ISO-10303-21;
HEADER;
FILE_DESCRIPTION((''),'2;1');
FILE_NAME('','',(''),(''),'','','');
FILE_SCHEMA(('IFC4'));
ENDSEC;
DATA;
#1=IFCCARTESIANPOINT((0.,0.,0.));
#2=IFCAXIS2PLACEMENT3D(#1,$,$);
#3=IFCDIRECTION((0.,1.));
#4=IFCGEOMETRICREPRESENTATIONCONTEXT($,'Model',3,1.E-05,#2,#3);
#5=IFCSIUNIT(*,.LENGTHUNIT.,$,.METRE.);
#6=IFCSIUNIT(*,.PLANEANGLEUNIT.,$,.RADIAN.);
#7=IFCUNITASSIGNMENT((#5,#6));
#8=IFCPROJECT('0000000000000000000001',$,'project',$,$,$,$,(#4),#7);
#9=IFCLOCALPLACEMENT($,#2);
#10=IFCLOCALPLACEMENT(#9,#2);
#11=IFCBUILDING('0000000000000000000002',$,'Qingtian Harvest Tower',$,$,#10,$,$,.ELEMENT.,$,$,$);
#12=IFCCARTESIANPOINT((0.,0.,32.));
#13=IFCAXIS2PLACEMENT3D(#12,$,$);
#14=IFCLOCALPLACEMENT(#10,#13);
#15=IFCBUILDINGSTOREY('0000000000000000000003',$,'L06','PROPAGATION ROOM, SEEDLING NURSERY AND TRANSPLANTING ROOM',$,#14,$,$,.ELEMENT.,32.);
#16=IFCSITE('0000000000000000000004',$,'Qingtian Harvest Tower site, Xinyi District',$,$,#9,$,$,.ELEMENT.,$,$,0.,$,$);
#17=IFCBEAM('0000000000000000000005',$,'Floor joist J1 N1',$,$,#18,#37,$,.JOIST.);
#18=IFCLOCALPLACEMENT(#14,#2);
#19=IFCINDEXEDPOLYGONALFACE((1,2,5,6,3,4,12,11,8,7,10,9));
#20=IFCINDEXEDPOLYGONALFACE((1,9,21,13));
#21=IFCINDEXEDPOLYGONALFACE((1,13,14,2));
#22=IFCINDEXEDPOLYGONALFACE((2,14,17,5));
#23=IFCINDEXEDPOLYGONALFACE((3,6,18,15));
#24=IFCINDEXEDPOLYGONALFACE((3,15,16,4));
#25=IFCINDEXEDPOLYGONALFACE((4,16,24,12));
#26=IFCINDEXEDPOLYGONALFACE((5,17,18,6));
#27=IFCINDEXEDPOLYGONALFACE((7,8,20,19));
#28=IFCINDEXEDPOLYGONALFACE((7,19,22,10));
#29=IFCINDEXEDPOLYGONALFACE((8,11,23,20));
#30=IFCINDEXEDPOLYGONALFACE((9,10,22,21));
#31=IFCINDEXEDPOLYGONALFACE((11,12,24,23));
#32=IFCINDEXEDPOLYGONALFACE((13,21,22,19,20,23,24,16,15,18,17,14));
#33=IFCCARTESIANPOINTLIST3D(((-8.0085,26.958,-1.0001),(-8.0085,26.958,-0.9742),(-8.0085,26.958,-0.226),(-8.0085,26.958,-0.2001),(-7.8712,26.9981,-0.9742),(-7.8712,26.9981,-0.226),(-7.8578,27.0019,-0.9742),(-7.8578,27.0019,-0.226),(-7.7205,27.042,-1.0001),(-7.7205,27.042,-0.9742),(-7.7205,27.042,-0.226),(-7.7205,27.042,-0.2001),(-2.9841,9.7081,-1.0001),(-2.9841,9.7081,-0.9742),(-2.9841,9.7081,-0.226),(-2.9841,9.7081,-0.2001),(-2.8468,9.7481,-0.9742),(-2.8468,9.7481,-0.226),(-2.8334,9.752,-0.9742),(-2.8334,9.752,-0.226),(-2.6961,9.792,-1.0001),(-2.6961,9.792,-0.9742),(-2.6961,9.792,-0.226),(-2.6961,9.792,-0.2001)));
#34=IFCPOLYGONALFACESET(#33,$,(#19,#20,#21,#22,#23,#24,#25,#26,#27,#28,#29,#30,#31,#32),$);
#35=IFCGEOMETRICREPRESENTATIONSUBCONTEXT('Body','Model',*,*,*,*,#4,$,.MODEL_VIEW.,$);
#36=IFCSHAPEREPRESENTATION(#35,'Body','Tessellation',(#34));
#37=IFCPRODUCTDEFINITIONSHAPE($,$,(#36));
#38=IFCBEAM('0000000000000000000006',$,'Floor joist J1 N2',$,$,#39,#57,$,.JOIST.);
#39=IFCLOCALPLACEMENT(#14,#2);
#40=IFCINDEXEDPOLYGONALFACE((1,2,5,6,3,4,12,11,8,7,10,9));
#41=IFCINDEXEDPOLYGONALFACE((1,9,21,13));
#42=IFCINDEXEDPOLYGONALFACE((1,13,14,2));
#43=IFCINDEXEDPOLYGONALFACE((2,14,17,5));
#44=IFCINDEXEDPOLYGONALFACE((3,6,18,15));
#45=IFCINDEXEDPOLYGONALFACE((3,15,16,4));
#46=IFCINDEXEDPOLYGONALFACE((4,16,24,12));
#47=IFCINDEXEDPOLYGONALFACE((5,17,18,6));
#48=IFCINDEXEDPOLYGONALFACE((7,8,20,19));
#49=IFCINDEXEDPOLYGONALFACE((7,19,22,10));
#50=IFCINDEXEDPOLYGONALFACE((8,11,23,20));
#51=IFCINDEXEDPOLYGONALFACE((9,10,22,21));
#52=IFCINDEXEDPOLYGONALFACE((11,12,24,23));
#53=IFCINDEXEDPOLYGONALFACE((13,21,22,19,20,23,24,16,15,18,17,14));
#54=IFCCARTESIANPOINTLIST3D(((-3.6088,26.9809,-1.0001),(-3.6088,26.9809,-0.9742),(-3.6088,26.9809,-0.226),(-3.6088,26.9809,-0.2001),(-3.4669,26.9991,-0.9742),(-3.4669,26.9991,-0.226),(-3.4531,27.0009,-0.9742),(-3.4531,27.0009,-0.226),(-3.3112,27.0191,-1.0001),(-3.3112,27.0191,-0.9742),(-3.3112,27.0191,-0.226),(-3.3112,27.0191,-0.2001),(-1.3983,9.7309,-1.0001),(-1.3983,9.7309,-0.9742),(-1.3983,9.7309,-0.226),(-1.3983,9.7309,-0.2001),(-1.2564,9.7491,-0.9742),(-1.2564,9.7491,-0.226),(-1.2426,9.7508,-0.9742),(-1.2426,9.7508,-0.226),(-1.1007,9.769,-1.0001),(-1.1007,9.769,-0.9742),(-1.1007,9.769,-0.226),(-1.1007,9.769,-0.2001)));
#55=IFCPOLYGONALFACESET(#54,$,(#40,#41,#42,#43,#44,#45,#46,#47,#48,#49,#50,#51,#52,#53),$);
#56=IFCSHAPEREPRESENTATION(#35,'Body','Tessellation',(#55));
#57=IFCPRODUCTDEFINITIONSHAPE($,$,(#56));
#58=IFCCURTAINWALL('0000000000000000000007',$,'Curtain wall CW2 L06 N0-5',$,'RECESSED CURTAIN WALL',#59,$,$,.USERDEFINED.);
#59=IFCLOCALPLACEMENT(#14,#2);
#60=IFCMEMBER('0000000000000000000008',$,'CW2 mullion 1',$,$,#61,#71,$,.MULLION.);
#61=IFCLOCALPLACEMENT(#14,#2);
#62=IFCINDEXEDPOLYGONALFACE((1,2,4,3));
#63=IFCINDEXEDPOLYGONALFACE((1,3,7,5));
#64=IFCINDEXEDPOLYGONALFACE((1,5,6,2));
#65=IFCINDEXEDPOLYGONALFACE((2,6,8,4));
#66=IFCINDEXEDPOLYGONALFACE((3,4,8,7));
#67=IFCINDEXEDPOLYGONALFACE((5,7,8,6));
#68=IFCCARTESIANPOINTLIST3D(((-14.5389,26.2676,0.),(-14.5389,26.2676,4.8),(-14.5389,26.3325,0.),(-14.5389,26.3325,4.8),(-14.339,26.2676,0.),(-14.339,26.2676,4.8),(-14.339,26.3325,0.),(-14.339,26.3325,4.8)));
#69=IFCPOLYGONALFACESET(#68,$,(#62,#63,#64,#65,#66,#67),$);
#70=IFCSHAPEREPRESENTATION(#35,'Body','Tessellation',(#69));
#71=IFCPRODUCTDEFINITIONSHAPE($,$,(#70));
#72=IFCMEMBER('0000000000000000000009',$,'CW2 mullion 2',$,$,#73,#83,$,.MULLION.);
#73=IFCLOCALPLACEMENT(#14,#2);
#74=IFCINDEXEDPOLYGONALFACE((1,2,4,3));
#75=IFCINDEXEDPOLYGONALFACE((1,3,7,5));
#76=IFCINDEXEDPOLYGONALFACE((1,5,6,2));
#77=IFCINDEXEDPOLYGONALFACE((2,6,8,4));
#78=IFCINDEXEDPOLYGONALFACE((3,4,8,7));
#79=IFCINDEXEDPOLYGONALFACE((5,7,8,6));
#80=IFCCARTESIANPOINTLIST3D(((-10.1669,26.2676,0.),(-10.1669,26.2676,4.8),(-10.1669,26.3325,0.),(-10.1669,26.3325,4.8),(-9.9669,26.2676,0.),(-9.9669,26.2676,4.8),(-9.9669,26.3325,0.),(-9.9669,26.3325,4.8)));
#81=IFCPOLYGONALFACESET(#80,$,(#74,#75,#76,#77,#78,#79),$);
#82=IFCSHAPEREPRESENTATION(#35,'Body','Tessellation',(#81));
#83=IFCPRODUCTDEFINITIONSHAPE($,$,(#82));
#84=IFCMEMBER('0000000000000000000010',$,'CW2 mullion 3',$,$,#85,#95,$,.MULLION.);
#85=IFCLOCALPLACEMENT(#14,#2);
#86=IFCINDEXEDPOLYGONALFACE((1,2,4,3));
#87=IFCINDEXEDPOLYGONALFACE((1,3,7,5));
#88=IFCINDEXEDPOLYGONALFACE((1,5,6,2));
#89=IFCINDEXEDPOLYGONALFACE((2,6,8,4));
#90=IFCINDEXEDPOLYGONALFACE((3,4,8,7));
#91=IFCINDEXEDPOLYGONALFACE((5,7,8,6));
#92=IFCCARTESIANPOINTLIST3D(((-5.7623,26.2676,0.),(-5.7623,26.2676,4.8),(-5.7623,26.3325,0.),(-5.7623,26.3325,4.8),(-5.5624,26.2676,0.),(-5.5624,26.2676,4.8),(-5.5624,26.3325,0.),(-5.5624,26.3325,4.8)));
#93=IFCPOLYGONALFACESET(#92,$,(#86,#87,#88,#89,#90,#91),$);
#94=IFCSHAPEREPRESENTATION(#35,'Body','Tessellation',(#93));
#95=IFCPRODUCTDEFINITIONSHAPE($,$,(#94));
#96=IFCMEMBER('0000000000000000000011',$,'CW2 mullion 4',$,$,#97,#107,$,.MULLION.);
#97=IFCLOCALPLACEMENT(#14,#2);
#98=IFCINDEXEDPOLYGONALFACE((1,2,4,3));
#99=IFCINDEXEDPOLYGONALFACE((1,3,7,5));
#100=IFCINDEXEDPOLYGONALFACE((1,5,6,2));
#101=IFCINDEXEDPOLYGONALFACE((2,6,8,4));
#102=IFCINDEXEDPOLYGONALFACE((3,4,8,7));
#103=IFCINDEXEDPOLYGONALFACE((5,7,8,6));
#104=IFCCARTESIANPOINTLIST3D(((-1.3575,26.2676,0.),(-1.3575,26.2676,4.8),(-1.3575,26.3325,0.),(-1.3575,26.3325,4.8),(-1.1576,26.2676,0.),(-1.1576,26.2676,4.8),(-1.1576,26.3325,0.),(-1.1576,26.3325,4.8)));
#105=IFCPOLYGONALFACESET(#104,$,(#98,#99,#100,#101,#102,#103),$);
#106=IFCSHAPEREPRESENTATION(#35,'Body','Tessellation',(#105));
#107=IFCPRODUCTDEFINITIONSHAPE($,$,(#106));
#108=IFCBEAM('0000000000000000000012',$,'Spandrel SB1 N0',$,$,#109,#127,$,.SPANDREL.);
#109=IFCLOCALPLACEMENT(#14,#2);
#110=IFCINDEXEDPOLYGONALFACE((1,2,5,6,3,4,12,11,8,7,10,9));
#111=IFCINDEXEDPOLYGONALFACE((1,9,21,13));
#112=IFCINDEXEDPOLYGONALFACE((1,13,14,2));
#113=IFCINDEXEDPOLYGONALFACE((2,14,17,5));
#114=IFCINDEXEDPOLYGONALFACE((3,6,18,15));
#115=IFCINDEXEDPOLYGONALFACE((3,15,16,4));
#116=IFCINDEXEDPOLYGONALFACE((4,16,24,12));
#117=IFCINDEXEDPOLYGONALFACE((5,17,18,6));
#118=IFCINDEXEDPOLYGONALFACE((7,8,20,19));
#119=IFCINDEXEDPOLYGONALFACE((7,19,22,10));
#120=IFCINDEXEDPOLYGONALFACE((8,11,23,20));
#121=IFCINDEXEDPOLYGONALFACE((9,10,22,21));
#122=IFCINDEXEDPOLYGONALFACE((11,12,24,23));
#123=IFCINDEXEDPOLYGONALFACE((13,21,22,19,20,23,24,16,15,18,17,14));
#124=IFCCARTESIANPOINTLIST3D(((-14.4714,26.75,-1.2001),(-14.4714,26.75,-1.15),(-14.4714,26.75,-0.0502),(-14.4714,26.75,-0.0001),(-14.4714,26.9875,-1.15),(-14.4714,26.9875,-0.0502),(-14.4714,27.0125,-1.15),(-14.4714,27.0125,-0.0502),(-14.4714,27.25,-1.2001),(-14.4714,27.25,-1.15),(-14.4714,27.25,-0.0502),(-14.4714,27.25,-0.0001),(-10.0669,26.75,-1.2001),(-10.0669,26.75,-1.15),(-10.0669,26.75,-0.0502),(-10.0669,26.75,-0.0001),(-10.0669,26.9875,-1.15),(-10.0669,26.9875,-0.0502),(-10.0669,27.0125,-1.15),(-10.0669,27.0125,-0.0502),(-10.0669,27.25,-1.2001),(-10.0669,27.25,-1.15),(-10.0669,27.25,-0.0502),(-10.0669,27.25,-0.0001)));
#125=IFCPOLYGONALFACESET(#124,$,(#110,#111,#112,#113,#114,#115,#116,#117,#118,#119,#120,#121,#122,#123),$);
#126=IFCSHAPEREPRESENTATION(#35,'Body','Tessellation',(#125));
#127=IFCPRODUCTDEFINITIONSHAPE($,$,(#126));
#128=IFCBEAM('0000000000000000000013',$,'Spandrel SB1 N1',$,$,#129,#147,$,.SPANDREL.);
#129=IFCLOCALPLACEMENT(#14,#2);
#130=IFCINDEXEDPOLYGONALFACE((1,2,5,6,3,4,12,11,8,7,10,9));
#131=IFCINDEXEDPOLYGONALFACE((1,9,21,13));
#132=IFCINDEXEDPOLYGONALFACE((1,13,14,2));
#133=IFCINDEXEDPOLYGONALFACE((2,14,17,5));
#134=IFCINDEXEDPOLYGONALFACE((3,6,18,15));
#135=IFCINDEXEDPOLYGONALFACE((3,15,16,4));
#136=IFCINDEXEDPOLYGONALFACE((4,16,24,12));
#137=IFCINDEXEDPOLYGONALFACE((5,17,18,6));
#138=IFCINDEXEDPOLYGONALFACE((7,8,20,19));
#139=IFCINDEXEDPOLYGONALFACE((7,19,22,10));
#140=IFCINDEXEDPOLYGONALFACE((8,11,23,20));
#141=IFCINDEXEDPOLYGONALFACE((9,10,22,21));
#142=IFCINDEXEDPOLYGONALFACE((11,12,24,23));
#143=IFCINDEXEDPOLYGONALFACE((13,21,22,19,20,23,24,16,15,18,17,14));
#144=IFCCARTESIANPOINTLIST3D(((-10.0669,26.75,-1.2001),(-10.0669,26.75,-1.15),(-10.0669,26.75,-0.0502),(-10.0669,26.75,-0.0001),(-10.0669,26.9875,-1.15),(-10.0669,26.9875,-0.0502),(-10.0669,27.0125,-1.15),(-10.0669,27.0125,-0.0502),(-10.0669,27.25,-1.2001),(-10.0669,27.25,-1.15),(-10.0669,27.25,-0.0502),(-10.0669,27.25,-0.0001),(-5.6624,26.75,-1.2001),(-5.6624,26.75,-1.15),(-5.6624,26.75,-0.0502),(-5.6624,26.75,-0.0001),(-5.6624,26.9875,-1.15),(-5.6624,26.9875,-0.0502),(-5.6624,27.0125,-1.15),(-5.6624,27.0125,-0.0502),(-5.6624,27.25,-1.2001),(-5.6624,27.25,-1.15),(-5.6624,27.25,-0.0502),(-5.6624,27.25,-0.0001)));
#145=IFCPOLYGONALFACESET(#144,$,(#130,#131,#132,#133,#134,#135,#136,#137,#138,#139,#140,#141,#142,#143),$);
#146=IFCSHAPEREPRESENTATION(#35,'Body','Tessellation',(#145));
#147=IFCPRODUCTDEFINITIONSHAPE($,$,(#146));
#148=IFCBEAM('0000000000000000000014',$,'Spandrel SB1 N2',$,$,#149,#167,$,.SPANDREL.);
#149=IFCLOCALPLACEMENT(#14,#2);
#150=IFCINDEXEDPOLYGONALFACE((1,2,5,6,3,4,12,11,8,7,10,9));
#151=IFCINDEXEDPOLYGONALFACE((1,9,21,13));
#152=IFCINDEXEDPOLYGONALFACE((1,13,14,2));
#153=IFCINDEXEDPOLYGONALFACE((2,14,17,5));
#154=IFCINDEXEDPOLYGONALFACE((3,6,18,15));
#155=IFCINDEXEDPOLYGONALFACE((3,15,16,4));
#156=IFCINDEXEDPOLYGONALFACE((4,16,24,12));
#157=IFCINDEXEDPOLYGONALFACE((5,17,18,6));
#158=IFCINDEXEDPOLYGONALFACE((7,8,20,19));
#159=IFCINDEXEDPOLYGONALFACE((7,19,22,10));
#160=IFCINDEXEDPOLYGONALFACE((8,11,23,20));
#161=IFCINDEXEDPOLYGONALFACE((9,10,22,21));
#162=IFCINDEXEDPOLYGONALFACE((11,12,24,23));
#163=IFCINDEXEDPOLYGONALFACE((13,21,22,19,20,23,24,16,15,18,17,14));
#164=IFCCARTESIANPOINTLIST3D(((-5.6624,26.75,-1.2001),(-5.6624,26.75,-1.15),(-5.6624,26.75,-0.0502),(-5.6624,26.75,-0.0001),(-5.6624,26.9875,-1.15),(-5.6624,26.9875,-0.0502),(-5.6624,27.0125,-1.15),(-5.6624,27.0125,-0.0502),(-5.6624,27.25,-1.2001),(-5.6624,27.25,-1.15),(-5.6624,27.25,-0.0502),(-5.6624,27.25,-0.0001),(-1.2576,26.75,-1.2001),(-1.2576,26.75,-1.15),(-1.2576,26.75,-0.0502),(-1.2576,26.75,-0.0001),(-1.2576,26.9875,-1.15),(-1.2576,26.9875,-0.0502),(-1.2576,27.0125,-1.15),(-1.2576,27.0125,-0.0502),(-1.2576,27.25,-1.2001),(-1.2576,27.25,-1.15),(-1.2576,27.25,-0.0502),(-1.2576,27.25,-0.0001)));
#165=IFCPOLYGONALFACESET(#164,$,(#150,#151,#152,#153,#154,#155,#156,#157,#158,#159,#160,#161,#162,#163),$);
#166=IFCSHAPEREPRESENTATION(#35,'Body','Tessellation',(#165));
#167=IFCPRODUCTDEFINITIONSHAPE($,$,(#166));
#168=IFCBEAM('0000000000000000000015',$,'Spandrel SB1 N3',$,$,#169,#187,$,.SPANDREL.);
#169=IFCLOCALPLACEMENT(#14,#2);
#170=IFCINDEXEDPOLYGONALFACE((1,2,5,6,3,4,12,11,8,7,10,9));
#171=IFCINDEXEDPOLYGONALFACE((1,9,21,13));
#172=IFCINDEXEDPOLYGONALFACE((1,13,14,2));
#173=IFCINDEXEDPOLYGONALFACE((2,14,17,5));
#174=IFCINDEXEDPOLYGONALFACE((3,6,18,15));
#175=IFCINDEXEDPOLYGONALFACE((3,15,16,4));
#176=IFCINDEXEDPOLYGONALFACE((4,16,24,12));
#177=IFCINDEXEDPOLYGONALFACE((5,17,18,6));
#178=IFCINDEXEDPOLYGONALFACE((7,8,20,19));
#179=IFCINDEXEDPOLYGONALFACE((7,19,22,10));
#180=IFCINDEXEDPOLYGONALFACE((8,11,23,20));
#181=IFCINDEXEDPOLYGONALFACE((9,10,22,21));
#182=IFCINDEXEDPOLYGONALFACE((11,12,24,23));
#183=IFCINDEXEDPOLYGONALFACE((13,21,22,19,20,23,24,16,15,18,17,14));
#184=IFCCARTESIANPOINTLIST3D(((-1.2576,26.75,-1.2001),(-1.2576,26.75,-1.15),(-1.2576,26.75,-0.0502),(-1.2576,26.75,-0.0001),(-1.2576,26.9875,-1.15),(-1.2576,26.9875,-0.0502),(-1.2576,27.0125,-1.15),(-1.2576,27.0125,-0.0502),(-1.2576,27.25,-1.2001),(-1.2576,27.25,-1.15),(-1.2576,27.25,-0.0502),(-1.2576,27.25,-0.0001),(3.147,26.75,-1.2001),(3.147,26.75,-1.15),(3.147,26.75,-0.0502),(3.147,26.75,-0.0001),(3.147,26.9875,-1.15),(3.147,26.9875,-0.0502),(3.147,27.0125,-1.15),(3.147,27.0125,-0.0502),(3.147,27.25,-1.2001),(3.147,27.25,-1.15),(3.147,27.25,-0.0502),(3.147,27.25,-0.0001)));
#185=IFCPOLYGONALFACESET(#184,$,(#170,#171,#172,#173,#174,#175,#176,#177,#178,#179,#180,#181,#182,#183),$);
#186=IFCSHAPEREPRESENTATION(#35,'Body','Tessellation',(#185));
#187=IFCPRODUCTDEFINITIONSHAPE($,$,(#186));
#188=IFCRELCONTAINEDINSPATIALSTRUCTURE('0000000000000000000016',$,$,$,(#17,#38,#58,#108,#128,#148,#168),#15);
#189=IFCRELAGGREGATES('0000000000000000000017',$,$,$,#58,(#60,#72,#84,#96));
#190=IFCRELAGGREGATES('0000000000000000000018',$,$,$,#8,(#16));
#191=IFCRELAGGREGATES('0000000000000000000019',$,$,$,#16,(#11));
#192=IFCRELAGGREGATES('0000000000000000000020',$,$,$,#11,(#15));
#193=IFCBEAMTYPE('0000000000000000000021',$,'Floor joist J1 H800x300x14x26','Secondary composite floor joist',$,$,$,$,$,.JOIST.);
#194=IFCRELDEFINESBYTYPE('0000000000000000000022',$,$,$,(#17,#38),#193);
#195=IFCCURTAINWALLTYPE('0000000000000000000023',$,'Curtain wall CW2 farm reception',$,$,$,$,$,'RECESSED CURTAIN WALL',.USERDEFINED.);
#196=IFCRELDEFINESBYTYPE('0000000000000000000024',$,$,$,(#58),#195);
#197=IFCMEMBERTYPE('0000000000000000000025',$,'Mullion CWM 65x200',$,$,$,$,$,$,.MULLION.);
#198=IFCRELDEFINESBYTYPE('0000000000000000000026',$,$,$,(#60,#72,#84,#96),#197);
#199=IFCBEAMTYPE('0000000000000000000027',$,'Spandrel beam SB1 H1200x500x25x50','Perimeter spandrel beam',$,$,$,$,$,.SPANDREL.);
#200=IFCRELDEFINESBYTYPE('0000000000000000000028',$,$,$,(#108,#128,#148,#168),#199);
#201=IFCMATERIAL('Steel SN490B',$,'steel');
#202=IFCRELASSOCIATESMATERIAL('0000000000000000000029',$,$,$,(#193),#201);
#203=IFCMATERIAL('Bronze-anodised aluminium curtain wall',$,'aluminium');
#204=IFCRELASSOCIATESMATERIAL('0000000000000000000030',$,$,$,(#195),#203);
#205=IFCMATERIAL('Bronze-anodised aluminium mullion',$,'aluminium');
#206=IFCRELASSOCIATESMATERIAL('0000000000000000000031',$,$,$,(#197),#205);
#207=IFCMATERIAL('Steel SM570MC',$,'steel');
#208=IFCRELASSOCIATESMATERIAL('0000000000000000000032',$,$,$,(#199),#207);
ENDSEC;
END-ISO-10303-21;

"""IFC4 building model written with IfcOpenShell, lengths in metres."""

from ifc_helpers import new_model, si_unit, direction, frame, origin, origin_2d, place, context, subcontext, project, spatial, rectangle, i_section, extrude, material, material_profile, profile_set, type_object, element, aggregate, save


model = new_model("IFC4")

# Units and contexts
model_context = context("Model", 3, precision=1e-05, world=origin(), true_north=direction((0.0, 1.0)))
body_context = subcontext(model_context, "Body", "Model", "MODEL_VIEW")
ifc_project = project(units=[si_unit("LENGTHUNIT", "METRE"), si_unit("PLANEANGLEUNIT", "RADIAN")], contexts=[model_context])

# Site, building, storey
site_placement = place(None, origin())
site = spatial("IfcSite", under=ifc_project, at=site_placement, Name="Qingtian Harvest Tower site, Xinyi District", CompositionType="ELEMENT", RefElevation=0.0)
building_placement = place(site_placement, origin())
building = spatial("IfcBuilding", under=site, at=building_placement, Name="Qingtian Harvest Tower", CompositionType="ELEMENT")
storey_placement = place(building_placement, frame((0.0, 0.0, 32.0)))
storey = spatial("IfcBuildingStorey", under=building, at=storey_placement, Name="L06", Description="PROPAGATION ROOM, SEEDLING NURSERY AND TRANSPLANTING ROOM", CompositionType="ELEMENT", Elevation=32.0)

# Beams
ifc_material_1 = material(Name="Steel SN490B", Category="steel")
ifc_material_profile_1 = material_profile(ifc_material_1, i_section(OverallWidth=0.3, OverallDepth=0.8, WebThickness=0.0139, FlangeThickness=0.0259, at=origin_2d()), Name="H800x300x14x26")
ifc_profile_set_1 = profile_set([ifc_material_profile_1], Name="Steel SN490B")
beam_type_1 = type_object("IfcBeamType", Name="Floor joist J1 H800x300x14x26", Description="Secondary composite floor joist", PredefinedType="JOIST", material=ifc_profile_set_1)
beam_1_placement = place(storey_placement, frame((-7.8645, 27.0, -0.6001), z_axis=(0.279649, -0.960102, 0.0), x_axis=(0.960102, 0.279649, 0.0)))
element("IfcBeam", 1, at=beam_1_placement, inside=storey, type_object=beam_type_1, Name="Floor joist J1 N1", PredefinedType="JOIST", context=body_context, shape_type="SweptSolid", body=[
    extrude(i_section(OverallWidth=0.3, OverallDepth=0.8, WebThickness=0.0139, FlangeThickness=0.0259, at=origin_2d()), origin(), (0.0, 0.0, 1.0), 17.9668),
])
beam_2_placement = place(storey_placement, frame((-3.46, 27.0, -0.6001), z_axis=(0.127103, -0.99189, 0.0), x_axis=(0.99189, 0.127103, 0.0)))
element("IfcBeam", 2, at=beam_2_placement, inside=storey, type_object=beam_type_1, Name="Floor joist J1 N2", PredefinedType="JOIST", context=body_context, shape_type="SweptSolid", body=[
    extrude(i_section(OverallWidth=0.3, OverallDepth=0.8, WebThickness=0.0139, FlangeThickness=0.0259, at=origin_2d()), origin(), (0.0, 0.0, 1.0), 17.3911),
])

# Curtain wall, members
ifc_material_2 = material(Name="Bronze-anodised aluminium curtain wall", Category="aluminium")
curtain_wall_type = type_object("IfcCurtainWallType", Name="Curtain wall CW2 farm reception", ElementType="RECESSED CURTAIN WALL", PredefinedType="USERDEFINED", material=ifc_material_2)
curtain_wall_placement = place(storey_placement, origin())
curtain_wall = element("IfcCurtainWall", 3, at=curtain_wall_placement, inside=storey, type_object=curtain_wall_type, Name="Curtain wall CW2 L06 N0-5", ObjectType="RECESSED CURTAIN WALL", PredefinedType="USERDEFINED")
ifc_material_3 = material(Name="Bronze-anodised aluminium mullion", Category="aluminium")
ifc_material_profile_2 = material_profile(ifc_material_3, rectangle(XDim=0.0649, YDim=0.2, at=origin_2d()), Name="AL 65x200")
ifc_profile_set_2 = profile_set([ifc_material_profile_2], Name="Bronze-anodised aluminium mullion")
member_type_1 = type_object("IfcMemberType", Name="Mullion CWM 65x200", PredefinedType="MULLION", material=ifc_profile_set_2)
member_1_placement = place(storey_placement, frame((-14.439, 26.3, 0.0), z_axis=(0.0, 0.0, 1.0), x_axis=(0.0, 1.0, 0.0)))
member_1 = element("IfcMember", 4, at=member_1_placement, type_object=member_type_1, Name="CW2 mullion 1", PredefinedType="MULLION", context=body_context, shape_type="SweptSolid", body=[
    extrude(rectangle(XDim=0.0649, YDim=0.2, at=origin_2d()), origin(), (0.0, 0.0, 1.0), 4.8),
])
member_2_placement = place(storey_placement, frame((-10.0669, 26.3, 0.0), z_axis=(0.0, 0.0, 1.0), x_axis=(0.0, 1.0, 0.0)))
member_2 = element("IfcMember", 5, at=member_2_placement, type_object=member_type_1, Name="CW2 mullion 2", PredefinedType="MULLION", context=body_context, shape_type="SweptSolid", body=[
    extrude(rectangle(XDim=0.0649, YDim=0.2, at=origin_2d()), origin(), (0.0, 0.0, 1.0), 4.8),
])
member_3_placement = place(storey_placement, frame((-5.6624, 26.3, 0.0), z_axis=(0.0, 0.0, 1.0), x_axis=(0.0, 1.0, 0.0)))
member_3 = element("IfcMember", 6, at=member_3_placement, type_object=member_type_1, Name="CW2 mullion 3", PredefinedType="MULLION", context=body_context, shape_type="SweptSolid", body=[
    extrude(rectangle(XDim=0.0649, YDim=0.2, at=origin_2d()), origin(), (0.0, 0.0, 1.0), 4.8),
])
member_4_placement = place(storey_placement, frame((-1.2576, 26.3, 0.0), z_axis=(0.0, 0.0, 1.0), x_axis=(0.0, 1.0, 0.0)))
member_4 = element("IfcMember", 7, at=member_4_placement, type_object=member_type_1, Name="CW2 mullion 4", PredefinedType="MULLION", context=body_context, shape_type="SweptSolid", body=[
    extrude(rectangle(XDim=0.0649, YDim=0.2, at=origin_2d()), origin(), (0.0, 0.0, 1.0), 4.8),
])

# Beams
ifc_material_4 = material(Name="Steel SM570MC", Category="steel")
ifc_material_profile_3 = material_profile(ifc_material_4, i_section(OverallWidth=0.5, OverallDepth=1.2, WebThickness=0.0249, FlangeThickness=0.05, at=origin_2d()), Name="H1200x500x25x50")
ifc_profile_set_3 = profile_set([ifc_material_profile_3], Name="Steel SM570MC")
beam_type_2 = type_object("IfcBeamType", Name="Spandrel beam SB1 H1200x500x25x50", Description="Perimeter spandrel beam", PredefinedType="SPANDREL", material=ifc_profile_set_3)
for number, where, z_axis, x_axis, name in (
    (8, (-14.4714, 27.0, -0.6001), (1.0, 0.0, 0.0), (0.0, 1.0, 0.0), "Spandrel SB1 N0"),
    (9, (-10.0669, 27.0, -0.6001), (1.0, 0.0, 0.0), (0.0, 1.0, 0.0), "Spandrel SB1 N1"),
):
    element("IfcBeam", number, at=place(storey_placement, frame(where, z_axis=z_axis, x_axis=x_axis)), inside=storey, type_object=beam_type_2, Name=name, PredefinedType="SPANDREL", context=body_context, shape_type="SweptSolid", body=[
        extrude(i_section(OverallWidth=0.5, OverallDepth=1.2, WebThickness=0.0249, FlangeThickness=0.05, at=origin_2d()), origin(), (0.0, 0.0, 1.0), 4.4045),
    ])
beam_3_placement = place(storey_placement, frame((-5.6624, 27.0, -0.6001), z_axis=(1.0, 0.0, 0.0), x_axis=(0.0, 1.0, 0.0)))
element("IfcBeam", 10, at=beam_3_placement, inside=storey, type_object=beam_type_2, Name="Spandrel SB1 N2", PredefinedType="SPANDREL", context=body_context, shape_type="SweptSolid", body=[
    extrude(i_section(OverallWidth=0.5, OverallDepth=1.2, WebThickness=0.0249, FlangeThickness=0.05, at=origin_2d()), origin(), (0.0, 0.0, 1.0), 4.4048),
])
beam_4_placement = place(storey_placement, frame((-1.2576, 27.0, -0.6001), z_axis=(1.0, 0.0, 0.0), x_axis=(0.0, 1.0, 0.0)))
element("IfcBeam", 11, at=beam_4_placement, inside=storey, type_object=beam_type_2, Name="Spandrel SB1 N3", PredefinedType="SPANDREL", context=body_context, shape_type="SweptSolid", body=[
    extrude(i_section(OverallWidth=0.5, OverallDepth=1.2, WebThickness=0.0249, FlangeThickness=0.05, at=origin_2d()), origin(), (0.0, 0.0, 1.0), 4.4045),
])

aggregate(curtain_wall, [member_1, member_2, member_3, member_4])

save(model, "model.ifc")
